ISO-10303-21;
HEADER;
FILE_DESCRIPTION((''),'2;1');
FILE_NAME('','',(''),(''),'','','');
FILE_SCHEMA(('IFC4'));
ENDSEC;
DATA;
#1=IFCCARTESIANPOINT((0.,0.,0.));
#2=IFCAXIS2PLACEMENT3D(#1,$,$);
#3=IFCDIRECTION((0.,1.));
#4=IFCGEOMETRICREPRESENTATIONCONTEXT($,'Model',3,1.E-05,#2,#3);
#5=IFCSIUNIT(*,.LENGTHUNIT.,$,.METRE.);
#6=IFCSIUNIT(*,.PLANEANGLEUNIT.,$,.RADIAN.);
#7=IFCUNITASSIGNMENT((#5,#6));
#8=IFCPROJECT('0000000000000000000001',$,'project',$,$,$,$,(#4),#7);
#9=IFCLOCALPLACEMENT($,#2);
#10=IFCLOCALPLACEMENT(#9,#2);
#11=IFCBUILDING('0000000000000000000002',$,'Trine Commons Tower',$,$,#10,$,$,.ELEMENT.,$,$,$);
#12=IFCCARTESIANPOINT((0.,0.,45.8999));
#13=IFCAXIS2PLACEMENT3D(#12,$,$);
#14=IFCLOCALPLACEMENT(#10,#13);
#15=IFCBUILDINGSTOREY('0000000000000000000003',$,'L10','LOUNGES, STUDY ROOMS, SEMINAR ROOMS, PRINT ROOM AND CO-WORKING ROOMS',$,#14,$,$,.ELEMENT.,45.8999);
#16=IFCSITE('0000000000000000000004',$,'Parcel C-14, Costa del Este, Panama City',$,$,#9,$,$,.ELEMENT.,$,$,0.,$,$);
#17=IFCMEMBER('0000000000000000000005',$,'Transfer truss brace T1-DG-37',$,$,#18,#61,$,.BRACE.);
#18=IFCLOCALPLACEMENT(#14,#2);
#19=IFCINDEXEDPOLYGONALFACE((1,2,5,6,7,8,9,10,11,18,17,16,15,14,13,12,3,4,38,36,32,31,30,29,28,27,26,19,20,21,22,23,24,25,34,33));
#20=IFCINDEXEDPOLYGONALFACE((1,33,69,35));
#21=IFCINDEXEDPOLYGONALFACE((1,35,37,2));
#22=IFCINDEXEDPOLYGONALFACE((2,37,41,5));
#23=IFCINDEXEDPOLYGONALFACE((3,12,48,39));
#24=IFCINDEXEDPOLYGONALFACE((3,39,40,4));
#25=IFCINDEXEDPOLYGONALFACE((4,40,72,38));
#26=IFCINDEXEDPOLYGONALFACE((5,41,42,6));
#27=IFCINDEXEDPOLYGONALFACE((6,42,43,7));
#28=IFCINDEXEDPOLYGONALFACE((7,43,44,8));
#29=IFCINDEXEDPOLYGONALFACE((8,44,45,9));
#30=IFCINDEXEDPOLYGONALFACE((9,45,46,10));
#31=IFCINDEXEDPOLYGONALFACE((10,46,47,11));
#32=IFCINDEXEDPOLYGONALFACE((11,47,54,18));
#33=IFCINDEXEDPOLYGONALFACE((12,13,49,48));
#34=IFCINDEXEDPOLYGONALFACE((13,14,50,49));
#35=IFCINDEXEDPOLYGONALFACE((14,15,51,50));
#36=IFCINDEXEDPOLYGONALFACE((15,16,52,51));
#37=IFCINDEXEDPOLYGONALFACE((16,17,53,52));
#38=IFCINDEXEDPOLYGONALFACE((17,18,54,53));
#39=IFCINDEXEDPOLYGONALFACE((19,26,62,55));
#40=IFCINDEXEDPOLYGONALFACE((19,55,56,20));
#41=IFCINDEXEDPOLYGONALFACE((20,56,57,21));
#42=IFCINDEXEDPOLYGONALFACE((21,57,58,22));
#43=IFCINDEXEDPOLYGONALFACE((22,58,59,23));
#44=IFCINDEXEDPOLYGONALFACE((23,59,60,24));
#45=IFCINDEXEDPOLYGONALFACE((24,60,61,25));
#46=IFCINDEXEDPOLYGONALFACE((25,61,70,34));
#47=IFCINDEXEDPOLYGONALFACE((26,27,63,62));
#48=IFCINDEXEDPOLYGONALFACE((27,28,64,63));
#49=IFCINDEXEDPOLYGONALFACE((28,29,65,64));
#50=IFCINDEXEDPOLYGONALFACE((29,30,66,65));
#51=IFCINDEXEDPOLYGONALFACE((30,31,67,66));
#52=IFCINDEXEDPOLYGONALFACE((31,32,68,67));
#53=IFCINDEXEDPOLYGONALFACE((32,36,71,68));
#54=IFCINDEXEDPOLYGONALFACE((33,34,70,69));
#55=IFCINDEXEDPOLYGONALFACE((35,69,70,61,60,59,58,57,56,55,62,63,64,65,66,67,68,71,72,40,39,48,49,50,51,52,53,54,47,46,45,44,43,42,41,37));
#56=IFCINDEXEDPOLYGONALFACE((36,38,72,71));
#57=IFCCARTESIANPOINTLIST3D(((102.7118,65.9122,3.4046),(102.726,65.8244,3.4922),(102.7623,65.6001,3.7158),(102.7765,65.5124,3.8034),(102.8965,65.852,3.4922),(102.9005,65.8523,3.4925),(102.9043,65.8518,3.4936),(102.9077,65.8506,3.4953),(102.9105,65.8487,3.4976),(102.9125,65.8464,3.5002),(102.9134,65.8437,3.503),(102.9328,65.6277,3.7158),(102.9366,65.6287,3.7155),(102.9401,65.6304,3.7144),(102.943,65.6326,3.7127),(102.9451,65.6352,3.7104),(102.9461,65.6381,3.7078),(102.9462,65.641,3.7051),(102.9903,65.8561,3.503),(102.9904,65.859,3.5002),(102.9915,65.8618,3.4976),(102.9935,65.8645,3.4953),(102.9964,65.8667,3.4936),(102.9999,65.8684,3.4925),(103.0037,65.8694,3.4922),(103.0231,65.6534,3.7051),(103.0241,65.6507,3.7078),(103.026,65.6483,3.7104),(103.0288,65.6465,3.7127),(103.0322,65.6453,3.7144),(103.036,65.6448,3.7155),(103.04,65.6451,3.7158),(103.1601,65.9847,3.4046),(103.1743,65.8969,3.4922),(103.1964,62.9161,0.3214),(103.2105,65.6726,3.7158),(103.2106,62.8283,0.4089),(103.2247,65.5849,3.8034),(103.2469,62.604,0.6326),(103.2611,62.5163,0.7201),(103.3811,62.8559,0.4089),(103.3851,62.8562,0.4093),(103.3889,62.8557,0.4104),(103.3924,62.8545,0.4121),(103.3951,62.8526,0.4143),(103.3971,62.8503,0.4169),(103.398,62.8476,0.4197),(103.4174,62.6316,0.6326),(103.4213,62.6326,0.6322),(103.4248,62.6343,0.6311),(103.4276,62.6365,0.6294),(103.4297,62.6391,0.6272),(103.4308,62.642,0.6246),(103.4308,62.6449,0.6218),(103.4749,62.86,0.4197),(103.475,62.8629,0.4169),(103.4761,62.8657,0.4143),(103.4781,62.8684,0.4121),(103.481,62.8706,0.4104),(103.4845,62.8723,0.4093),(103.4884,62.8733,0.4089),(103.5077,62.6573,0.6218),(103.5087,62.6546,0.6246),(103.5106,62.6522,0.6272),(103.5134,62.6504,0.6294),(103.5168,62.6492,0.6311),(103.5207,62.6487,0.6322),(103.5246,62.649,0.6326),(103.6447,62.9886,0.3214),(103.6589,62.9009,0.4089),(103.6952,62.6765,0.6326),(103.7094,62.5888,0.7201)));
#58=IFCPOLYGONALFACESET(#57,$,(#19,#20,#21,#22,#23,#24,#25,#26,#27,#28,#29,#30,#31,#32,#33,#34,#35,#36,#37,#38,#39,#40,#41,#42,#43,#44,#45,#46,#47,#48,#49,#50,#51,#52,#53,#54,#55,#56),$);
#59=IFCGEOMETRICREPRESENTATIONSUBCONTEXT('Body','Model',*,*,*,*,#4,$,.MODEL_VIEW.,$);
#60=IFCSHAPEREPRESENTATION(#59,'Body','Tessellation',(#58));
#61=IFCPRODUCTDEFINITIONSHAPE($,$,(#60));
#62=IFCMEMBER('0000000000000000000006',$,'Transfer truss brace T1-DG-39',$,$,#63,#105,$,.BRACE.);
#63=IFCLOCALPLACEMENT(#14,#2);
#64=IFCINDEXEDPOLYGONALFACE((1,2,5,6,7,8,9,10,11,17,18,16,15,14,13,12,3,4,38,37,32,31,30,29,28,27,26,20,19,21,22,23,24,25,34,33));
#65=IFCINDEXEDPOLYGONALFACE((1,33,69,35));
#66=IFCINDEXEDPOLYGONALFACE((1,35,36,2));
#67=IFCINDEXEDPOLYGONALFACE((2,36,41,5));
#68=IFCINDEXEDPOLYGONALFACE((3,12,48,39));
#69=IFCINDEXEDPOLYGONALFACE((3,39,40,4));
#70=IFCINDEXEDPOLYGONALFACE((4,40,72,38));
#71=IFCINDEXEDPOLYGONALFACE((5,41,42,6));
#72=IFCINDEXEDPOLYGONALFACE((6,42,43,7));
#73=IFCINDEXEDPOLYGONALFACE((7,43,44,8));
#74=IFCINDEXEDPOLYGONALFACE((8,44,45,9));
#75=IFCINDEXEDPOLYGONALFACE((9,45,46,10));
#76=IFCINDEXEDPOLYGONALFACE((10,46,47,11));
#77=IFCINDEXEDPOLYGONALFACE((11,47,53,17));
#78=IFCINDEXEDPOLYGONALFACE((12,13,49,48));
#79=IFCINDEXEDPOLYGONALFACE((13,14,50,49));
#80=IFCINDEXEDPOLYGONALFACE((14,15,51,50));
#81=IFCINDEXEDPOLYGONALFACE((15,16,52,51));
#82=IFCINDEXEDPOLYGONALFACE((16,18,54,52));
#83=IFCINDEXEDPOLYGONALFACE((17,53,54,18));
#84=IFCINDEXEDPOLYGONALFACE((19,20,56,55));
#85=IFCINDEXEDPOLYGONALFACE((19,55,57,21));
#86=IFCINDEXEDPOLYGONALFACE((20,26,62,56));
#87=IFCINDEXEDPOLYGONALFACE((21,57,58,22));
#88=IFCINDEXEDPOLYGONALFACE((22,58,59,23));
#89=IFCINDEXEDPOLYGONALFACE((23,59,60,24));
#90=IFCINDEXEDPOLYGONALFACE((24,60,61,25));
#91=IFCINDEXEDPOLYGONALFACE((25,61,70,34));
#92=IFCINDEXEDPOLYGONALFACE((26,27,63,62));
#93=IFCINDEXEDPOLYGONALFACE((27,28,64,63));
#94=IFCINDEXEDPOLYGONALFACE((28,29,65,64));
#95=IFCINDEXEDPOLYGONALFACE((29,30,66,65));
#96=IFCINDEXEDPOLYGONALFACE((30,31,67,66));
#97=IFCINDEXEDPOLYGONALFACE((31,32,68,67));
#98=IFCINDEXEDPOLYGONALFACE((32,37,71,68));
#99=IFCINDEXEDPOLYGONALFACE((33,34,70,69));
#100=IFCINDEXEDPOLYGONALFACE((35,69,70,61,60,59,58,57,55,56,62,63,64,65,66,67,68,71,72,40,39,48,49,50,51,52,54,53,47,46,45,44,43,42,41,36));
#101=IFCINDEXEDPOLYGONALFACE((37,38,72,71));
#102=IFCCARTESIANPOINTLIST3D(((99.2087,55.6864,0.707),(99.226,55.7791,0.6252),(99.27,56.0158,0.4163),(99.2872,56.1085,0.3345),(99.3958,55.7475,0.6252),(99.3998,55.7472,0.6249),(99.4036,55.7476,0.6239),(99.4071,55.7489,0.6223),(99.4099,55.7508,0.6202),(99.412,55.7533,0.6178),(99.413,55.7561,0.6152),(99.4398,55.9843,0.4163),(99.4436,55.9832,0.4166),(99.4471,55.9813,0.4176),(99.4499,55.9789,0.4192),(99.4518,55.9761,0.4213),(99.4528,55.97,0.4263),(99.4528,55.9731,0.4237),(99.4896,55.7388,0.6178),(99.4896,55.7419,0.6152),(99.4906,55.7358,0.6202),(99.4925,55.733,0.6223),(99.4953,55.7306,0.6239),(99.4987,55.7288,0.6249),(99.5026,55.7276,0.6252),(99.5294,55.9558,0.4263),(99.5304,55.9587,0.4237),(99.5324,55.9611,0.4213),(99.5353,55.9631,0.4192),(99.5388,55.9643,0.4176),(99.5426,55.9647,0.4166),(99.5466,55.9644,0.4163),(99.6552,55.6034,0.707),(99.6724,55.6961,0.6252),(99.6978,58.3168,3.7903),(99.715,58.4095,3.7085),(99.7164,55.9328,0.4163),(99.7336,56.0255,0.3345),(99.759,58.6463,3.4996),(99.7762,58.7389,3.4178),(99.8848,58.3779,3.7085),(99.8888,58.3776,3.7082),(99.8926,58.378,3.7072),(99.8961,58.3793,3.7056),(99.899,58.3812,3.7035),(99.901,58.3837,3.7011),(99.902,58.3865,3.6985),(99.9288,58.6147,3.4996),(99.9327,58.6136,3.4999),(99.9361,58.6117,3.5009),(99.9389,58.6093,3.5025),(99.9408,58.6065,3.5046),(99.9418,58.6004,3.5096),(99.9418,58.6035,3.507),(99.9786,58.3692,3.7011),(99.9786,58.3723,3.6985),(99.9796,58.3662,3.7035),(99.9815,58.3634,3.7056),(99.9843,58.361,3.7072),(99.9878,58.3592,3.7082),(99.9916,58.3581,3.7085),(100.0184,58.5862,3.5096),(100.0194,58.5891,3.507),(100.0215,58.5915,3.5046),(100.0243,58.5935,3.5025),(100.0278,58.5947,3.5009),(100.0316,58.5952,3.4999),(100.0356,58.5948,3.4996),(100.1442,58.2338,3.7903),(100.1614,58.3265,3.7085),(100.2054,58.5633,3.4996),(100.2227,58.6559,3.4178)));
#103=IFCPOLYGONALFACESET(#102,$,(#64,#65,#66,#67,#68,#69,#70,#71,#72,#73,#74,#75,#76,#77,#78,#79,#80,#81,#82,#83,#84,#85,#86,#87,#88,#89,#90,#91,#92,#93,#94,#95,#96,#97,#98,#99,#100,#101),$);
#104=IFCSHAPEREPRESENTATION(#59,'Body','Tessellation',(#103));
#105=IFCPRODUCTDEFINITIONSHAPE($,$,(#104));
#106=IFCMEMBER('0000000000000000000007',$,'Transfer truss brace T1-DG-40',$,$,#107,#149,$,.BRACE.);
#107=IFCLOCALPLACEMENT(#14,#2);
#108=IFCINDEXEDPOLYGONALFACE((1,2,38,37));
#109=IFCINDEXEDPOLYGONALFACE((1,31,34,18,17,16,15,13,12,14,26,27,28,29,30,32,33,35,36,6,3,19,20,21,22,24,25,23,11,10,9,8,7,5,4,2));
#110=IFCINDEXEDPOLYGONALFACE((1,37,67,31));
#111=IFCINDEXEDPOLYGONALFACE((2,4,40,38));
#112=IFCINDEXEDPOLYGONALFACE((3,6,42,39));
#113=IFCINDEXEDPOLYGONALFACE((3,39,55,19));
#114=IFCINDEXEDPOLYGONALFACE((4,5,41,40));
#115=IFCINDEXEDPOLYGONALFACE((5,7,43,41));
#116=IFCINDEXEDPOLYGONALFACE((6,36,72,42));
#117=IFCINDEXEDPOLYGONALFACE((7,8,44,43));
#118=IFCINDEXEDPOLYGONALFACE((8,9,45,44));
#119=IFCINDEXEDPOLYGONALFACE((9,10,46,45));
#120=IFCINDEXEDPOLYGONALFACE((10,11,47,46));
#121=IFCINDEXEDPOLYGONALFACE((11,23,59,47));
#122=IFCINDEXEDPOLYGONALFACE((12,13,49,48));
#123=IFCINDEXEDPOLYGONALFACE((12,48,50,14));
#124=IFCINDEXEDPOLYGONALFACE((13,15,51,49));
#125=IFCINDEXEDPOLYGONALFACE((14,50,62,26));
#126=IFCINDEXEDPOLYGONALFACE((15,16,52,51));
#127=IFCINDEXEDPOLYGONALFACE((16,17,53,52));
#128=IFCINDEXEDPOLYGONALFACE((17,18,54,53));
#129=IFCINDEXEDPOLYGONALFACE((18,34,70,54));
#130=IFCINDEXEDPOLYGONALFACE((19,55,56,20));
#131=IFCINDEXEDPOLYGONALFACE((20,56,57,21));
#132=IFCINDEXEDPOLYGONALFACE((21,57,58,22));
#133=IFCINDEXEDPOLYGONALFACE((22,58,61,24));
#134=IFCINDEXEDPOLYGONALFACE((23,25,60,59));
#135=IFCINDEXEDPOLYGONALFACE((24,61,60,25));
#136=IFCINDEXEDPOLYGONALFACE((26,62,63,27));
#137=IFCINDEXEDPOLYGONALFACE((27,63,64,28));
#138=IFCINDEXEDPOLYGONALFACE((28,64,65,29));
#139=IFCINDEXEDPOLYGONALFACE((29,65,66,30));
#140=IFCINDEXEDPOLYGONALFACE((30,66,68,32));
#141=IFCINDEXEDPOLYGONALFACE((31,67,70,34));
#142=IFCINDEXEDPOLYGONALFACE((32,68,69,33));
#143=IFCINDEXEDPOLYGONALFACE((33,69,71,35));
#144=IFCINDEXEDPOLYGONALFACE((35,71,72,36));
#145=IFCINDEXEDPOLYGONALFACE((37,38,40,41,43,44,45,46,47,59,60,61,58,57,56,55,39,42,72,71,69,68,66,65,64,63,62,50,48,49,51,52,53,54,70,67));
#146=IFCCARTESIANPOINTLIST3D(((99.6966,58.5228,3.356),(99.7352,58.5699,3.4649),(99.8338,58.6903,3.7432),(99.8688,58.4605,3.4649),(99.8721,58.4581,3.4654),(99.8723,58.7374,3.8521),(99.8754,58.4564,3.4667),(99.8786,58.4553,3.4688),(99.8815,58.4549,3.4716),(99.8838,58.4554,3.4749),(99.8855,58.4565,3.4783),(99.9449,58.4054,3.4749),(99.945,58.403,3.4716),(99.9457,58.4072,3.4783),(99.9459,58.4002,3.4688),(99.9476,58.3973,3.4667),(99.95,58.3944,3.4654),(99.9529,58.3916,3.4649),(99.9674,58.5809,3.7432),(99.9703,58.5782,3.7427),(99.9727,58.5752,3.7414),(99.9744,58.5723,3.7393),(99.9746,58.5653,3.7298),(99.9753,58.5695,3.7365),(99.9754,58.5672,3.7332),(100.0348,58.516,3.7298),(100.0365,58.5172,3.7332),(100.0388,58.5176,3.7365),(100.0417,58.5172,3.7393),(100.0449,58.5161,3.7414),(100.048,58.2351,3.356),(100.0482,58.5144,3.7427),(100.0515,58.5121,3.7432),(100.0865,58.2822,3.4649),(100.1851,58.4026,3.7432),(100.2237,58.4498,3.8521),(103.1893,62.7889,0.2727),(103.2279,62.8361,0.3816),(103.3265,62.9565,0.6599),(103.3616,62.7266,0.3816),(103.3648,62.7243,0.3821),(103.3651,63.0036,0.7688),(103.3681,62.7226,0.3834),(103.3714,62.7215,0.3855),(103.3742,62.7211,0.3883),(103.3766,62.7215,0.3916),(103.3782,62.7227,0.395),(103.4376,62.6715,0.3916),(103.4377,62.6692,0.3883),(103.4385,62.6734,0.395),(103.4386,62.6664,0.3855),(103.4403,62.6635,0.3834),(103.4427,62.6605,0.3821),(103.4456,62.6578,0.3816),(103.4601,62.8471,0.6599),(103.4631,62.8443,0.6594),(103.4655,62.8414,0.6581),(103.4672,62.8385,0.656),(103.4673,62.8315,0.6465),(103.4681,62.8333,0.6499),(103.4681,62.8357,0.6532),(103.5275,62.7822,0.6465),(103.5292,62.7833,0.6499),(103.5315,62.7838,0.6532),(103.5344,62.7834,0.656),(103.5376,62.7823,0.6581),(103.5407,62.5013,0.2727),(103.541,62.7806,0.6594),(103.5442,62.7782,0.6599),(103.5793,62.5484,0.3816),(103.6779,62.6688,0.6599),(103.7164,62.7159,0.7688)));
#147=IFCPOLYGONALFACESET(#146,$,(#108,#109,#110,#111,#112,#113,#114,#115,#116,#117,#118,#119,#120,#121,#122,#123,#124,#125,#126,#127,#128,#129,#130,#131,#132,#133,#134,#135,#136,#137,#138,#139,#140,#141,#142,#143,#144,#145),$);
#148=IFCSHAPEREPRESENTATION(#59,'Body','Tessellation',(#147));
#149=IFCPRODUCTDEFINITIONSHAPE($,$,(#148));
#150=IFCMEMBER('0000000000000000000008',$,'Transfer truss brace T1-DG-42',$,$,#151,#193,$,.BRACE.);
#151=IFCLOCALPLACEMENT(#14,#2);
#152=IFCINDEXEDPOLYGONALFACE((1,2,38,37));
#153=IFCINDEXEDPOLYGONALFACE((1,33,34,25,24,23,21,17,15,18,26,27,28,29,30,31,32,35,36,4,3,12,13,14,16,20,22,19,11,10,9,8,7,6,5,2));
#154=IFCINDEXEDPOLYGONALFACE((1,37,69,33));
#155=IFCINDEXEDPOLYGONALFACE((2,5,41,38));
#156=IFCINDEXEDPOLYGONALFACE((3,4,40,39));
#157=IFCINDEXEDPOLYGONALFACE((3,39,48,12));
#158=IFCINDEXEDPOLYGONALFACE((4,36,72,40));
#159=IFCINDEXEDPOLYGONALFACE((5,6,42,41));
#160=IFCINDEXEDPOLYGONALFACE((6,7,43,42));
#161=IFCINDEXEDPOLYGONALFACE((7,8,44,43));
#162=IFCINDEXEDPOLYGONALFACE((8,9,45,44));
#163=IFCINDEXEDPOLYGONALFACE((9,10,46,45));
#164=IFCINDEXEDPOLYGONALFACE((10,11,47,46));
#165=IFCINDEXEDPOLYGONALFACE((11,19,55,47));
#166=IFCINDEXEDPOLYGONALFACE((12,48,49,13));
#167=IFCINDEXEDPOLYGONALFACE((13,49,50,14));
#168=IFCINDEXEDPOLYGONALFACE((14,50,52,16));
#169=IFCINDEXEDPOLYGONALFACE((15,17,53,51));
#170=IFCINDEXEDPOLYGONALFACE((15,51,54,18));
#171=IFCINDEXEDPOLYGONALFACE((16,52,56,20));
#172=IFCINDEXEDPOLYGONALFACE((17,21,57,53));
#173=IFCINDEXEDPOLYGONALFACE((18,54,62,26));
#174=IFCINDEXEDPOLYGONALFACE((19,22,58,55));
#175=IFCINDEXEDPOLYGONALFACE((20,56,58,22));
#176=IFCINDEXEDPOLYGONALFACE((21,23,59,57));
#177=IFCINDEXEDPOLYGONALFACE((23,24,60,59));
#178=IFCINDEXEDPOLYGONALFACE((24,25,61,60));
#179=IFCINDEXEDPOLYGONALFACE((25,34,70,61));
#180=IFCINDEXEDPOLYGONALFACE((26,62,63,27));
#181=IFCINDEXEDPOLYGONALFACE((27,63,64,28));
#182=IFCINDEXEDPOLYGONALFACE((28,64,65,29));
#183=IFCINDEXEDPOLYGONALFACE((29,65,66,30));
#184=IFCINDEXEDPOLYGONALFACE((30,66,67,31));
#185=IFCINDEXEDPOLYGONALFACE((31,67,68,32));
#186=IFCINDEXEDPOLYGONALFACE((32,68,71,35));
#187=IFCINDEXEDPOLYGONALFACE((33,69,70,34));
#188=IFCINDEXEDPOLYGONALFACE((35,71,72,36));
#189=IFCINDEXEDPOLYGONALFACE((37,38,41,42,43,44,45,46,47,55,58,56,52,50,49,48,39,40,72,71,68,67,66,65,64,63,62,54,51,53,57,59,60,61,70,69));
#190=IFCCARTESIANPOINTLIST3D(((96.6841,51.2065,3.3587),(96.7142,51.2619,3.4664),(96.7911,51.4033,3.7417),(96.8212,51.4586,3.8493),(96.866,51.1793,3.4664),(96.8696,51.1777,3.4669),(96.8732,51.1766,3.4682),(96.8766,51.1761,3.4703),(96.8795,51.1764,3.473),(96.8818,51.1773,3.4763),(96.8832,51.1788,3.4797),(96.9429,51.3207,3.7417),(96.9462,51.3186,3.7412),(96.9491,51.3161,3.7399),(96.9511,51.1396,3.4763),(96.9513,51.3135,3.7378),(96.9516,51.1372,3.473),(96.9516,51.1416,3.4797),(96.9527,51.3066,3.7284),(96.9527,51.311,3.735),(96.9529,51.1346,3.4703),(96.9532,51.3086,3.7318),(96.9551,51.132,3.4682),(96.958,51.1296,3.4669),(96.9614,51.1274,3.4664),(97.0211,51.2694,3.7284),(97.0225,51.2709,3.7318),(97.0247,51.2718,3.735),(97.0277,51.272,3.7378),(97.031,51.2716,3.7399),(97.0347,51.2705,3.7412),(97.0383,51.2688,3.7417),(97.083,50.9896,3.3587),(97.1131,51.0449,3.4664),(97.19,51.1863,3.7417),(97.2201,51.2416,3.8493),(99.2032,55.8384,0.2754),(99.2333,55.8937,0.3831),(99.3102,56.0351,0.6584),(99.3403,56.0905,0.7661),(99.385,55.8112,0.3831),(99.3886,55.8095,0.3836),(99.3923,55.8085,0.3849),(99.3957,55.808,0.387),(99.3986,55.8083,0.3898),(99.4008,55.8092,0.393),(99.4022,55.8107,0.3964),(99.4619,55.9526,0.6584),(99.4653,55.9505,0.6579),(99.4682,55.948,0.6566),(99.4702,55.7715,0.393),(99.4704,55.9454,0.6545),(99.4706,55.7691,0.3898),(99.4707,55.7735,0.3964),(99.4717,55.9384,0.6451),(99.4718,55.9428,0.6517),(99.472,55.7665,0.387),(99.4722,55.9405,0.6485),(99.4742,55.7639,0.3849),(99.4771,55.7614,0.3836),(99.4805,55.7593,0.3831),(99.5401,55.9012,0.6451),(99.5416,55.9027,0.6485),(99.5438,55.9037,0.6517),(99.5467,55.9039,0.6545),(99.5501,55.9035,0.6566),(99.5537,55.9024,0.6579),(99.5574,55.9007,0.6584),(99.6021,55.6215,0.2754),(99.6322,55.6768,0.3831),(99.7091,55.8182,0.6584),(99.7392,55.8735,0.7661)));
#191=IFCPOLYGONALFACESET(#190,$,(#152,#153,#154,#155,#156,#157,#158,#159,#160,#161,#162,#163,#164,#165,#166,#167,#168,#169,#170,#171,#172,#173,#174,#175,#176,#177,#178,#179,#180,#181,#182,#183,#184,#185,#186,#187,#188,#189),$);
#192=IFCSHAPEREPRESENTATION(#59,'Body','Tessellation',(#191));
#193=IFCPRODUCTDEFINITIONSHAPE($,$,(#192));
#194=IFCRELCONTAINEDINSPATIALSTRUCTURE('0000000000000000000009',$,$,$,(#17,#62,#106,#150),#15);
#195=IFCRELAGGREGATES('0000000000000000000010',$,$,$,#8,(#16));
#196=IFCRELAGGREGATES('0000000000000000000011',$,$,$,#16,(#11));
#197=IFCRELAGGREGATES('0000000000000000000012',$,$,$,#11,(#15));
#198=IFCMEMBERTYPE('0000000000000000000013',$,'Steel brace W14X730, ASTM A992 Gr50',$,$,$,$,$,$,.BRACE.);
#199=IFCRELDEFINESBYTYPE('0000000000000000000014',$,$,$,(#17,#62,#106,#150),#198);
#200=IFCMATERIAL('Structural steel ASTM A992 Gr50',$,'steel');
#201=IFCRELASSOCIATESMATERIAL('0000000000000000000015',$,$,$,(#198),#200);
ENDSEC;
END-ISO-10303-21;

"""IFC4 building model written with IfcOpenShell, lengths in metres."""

from ifc_helpers import new_model, si_unit, direction, frame, origin, origin_2d, place, context, subcontext, project, spatial, i_section, extrude, material, material_profile, profile_set, type_object, element, save


model = new_model("IFC4")

# Units and contexts
model_context = context("Model", 3, precision=1e-05, world=origin(), true_north=direction((0.0, 1.0)))
body_context = subcontext(model_context, "Body", "Model", "MODEL_VIEW")
ifc_project = project(units=[si_unit("LENGTHUNIT", "METRE"), si_unit("PLANEANGLEUNIT", "RADIAN")], contexts=[model_context])

# Site, building, storey
site_placement = place(None, origin())
site = spatial("IfcSite", under=ifc_project, at=site_placement, Name="Parcel C-14, Costa del Este, Panama City", CompositionType="ELEMENT", RefElevation=0.0)
building_placement = place(site_placement, origin())
building = spatial("IfcBuilding", under=site, at=building_placement, Name="Trine Commons Tower", CompositionType="ELEMENT")
storey_placement = place(building_placement, frame((0.0, 0.0, 45.8999)))
storey = spatial("IfcBuildingStorey", under=building, at=storey_placement, Name="L10", Description="LOUNGES, STUDY ROOMS, SEMINAR ROOMS, PRINT ROOM AND CO-WORKING ROOMS", CompositionType="ELEMENT", Elevation=45.8999)

# Members
ifc_material_1 = material(Name="Structural steel ASTM A992 Gr50", Category="steel")
ifc_material_profile_1 = material_profile(ifc_material_1, i_section(OverallWidth=0.4541, OverallDepth=0.5684, WebThickness=0.0779, FlangeThickness=0.1248, FilletRadius=0.0154, at=origin_2d()), Name="W14X730")
ifc_profile_set_1 = profile_set([ifc_material_profile_1], Name="Structural steel ASTM A992 Gr50")
member_type_1 = type_object("IfcMemberType", Name="Steel brace W14X730, ASTM A992 Gr50", PredefinedType="BRACE", material=ifc_profile_set_1)
member_1_placement = place(storey_placement, frame((103.4529, 62.7524, 0.5208), z_axis=(-0.112014, 0.692512, 0.712657), x_axis=(-0.98717, -0.159675, 0.0)))
element("IfcMember", 1, at=member_1_placement, inside=storey, type_object=member_type_1, Name="Transfer truss brace T1-DG-37", PredefinedType="BRACE", context=body_context, shape_type="SweptSolid", body=[
    extrude(i_section(OverallWidth=0.4541, OverallDepth=0.5684, WebThickness=0.0779, FlangeThickness=0.1248, FilletRadius=0.0154, at=origin_2d()), origin(), (0.0, 0.0, 1.0), 4.3264),
])
member_2_placement = place(storey_placement, frame((99.4712, 55.856, 0.5208), z_axis=(0.119791, 0.64435, 0.75529), x_axis=(-0.983154, 0.182779, 0.0)))
element("IfcMember", 2, at=member_2_placement, inside=storey, type_object=member_type_1, Name="Transfer truss brace T1-DG-39", PredefinedType="BRACE", context=body_context, shape_type="SweptSolid", body=[
    extrude(i_section(OverallWidth=0.4541, OverallDepth=0.5684, WebThickness=0.0779, FlangeThickness=0.1248, FilletRadius=0.0154, at=origin_2d()), origin(), (0.0, 0.0, 1.0), 4.0823),
])
member_3_placement = place(storey_placement, frame((103.4529, 62.7524, 0.5208), z_axis=(-0.552898, -0.675335, 0.488085), x_axis=(0.77376, -0.633479, 0.0)))
element("IfcMember", 3, at=member_3_placement, inside=storey, type_object=member_type_1, Name="Transfer truss brace T1-DG-40", PredefinedType="BRACE", context=body_context, shape_type="SweptSolid", body=[
    extrude(i_section(OverallWidth=0.4541, OverallDepth=0.5684, WebThickness=0.0779, FlangeThickness=0.1248, FilletRadius=0.0154, at=origin_2d()), origin(), (0.0, 0.0, 1.0), 6.3171),
])
member_4_placement = place(storey_placement, frame((99.4712, 55.856, 0.5208), z_axis=(-0.412427, -0.758341, 0.504801), x_axis=(0.878486, -0.477768, 0.0)))
element("IfcMember", 4, at=member_4_placement, inside=storey, type_object=member_type_1, Name="Transfer truss brace T1-DG-42", PredefinedType="BRACE", context=body_context, shape_type="SweptSolid", body=[
    extrude(i_section(OverallWidth=0.4541, OverallDepth=0.5684, WebThickness=0.0779, FlangeThickness=0.1248, FilletRadius=0.0154, at=origin_2d()), origin(), (0.0, 0.0, 1.0), 6.1079),
])

save(model, "model.ifc")
